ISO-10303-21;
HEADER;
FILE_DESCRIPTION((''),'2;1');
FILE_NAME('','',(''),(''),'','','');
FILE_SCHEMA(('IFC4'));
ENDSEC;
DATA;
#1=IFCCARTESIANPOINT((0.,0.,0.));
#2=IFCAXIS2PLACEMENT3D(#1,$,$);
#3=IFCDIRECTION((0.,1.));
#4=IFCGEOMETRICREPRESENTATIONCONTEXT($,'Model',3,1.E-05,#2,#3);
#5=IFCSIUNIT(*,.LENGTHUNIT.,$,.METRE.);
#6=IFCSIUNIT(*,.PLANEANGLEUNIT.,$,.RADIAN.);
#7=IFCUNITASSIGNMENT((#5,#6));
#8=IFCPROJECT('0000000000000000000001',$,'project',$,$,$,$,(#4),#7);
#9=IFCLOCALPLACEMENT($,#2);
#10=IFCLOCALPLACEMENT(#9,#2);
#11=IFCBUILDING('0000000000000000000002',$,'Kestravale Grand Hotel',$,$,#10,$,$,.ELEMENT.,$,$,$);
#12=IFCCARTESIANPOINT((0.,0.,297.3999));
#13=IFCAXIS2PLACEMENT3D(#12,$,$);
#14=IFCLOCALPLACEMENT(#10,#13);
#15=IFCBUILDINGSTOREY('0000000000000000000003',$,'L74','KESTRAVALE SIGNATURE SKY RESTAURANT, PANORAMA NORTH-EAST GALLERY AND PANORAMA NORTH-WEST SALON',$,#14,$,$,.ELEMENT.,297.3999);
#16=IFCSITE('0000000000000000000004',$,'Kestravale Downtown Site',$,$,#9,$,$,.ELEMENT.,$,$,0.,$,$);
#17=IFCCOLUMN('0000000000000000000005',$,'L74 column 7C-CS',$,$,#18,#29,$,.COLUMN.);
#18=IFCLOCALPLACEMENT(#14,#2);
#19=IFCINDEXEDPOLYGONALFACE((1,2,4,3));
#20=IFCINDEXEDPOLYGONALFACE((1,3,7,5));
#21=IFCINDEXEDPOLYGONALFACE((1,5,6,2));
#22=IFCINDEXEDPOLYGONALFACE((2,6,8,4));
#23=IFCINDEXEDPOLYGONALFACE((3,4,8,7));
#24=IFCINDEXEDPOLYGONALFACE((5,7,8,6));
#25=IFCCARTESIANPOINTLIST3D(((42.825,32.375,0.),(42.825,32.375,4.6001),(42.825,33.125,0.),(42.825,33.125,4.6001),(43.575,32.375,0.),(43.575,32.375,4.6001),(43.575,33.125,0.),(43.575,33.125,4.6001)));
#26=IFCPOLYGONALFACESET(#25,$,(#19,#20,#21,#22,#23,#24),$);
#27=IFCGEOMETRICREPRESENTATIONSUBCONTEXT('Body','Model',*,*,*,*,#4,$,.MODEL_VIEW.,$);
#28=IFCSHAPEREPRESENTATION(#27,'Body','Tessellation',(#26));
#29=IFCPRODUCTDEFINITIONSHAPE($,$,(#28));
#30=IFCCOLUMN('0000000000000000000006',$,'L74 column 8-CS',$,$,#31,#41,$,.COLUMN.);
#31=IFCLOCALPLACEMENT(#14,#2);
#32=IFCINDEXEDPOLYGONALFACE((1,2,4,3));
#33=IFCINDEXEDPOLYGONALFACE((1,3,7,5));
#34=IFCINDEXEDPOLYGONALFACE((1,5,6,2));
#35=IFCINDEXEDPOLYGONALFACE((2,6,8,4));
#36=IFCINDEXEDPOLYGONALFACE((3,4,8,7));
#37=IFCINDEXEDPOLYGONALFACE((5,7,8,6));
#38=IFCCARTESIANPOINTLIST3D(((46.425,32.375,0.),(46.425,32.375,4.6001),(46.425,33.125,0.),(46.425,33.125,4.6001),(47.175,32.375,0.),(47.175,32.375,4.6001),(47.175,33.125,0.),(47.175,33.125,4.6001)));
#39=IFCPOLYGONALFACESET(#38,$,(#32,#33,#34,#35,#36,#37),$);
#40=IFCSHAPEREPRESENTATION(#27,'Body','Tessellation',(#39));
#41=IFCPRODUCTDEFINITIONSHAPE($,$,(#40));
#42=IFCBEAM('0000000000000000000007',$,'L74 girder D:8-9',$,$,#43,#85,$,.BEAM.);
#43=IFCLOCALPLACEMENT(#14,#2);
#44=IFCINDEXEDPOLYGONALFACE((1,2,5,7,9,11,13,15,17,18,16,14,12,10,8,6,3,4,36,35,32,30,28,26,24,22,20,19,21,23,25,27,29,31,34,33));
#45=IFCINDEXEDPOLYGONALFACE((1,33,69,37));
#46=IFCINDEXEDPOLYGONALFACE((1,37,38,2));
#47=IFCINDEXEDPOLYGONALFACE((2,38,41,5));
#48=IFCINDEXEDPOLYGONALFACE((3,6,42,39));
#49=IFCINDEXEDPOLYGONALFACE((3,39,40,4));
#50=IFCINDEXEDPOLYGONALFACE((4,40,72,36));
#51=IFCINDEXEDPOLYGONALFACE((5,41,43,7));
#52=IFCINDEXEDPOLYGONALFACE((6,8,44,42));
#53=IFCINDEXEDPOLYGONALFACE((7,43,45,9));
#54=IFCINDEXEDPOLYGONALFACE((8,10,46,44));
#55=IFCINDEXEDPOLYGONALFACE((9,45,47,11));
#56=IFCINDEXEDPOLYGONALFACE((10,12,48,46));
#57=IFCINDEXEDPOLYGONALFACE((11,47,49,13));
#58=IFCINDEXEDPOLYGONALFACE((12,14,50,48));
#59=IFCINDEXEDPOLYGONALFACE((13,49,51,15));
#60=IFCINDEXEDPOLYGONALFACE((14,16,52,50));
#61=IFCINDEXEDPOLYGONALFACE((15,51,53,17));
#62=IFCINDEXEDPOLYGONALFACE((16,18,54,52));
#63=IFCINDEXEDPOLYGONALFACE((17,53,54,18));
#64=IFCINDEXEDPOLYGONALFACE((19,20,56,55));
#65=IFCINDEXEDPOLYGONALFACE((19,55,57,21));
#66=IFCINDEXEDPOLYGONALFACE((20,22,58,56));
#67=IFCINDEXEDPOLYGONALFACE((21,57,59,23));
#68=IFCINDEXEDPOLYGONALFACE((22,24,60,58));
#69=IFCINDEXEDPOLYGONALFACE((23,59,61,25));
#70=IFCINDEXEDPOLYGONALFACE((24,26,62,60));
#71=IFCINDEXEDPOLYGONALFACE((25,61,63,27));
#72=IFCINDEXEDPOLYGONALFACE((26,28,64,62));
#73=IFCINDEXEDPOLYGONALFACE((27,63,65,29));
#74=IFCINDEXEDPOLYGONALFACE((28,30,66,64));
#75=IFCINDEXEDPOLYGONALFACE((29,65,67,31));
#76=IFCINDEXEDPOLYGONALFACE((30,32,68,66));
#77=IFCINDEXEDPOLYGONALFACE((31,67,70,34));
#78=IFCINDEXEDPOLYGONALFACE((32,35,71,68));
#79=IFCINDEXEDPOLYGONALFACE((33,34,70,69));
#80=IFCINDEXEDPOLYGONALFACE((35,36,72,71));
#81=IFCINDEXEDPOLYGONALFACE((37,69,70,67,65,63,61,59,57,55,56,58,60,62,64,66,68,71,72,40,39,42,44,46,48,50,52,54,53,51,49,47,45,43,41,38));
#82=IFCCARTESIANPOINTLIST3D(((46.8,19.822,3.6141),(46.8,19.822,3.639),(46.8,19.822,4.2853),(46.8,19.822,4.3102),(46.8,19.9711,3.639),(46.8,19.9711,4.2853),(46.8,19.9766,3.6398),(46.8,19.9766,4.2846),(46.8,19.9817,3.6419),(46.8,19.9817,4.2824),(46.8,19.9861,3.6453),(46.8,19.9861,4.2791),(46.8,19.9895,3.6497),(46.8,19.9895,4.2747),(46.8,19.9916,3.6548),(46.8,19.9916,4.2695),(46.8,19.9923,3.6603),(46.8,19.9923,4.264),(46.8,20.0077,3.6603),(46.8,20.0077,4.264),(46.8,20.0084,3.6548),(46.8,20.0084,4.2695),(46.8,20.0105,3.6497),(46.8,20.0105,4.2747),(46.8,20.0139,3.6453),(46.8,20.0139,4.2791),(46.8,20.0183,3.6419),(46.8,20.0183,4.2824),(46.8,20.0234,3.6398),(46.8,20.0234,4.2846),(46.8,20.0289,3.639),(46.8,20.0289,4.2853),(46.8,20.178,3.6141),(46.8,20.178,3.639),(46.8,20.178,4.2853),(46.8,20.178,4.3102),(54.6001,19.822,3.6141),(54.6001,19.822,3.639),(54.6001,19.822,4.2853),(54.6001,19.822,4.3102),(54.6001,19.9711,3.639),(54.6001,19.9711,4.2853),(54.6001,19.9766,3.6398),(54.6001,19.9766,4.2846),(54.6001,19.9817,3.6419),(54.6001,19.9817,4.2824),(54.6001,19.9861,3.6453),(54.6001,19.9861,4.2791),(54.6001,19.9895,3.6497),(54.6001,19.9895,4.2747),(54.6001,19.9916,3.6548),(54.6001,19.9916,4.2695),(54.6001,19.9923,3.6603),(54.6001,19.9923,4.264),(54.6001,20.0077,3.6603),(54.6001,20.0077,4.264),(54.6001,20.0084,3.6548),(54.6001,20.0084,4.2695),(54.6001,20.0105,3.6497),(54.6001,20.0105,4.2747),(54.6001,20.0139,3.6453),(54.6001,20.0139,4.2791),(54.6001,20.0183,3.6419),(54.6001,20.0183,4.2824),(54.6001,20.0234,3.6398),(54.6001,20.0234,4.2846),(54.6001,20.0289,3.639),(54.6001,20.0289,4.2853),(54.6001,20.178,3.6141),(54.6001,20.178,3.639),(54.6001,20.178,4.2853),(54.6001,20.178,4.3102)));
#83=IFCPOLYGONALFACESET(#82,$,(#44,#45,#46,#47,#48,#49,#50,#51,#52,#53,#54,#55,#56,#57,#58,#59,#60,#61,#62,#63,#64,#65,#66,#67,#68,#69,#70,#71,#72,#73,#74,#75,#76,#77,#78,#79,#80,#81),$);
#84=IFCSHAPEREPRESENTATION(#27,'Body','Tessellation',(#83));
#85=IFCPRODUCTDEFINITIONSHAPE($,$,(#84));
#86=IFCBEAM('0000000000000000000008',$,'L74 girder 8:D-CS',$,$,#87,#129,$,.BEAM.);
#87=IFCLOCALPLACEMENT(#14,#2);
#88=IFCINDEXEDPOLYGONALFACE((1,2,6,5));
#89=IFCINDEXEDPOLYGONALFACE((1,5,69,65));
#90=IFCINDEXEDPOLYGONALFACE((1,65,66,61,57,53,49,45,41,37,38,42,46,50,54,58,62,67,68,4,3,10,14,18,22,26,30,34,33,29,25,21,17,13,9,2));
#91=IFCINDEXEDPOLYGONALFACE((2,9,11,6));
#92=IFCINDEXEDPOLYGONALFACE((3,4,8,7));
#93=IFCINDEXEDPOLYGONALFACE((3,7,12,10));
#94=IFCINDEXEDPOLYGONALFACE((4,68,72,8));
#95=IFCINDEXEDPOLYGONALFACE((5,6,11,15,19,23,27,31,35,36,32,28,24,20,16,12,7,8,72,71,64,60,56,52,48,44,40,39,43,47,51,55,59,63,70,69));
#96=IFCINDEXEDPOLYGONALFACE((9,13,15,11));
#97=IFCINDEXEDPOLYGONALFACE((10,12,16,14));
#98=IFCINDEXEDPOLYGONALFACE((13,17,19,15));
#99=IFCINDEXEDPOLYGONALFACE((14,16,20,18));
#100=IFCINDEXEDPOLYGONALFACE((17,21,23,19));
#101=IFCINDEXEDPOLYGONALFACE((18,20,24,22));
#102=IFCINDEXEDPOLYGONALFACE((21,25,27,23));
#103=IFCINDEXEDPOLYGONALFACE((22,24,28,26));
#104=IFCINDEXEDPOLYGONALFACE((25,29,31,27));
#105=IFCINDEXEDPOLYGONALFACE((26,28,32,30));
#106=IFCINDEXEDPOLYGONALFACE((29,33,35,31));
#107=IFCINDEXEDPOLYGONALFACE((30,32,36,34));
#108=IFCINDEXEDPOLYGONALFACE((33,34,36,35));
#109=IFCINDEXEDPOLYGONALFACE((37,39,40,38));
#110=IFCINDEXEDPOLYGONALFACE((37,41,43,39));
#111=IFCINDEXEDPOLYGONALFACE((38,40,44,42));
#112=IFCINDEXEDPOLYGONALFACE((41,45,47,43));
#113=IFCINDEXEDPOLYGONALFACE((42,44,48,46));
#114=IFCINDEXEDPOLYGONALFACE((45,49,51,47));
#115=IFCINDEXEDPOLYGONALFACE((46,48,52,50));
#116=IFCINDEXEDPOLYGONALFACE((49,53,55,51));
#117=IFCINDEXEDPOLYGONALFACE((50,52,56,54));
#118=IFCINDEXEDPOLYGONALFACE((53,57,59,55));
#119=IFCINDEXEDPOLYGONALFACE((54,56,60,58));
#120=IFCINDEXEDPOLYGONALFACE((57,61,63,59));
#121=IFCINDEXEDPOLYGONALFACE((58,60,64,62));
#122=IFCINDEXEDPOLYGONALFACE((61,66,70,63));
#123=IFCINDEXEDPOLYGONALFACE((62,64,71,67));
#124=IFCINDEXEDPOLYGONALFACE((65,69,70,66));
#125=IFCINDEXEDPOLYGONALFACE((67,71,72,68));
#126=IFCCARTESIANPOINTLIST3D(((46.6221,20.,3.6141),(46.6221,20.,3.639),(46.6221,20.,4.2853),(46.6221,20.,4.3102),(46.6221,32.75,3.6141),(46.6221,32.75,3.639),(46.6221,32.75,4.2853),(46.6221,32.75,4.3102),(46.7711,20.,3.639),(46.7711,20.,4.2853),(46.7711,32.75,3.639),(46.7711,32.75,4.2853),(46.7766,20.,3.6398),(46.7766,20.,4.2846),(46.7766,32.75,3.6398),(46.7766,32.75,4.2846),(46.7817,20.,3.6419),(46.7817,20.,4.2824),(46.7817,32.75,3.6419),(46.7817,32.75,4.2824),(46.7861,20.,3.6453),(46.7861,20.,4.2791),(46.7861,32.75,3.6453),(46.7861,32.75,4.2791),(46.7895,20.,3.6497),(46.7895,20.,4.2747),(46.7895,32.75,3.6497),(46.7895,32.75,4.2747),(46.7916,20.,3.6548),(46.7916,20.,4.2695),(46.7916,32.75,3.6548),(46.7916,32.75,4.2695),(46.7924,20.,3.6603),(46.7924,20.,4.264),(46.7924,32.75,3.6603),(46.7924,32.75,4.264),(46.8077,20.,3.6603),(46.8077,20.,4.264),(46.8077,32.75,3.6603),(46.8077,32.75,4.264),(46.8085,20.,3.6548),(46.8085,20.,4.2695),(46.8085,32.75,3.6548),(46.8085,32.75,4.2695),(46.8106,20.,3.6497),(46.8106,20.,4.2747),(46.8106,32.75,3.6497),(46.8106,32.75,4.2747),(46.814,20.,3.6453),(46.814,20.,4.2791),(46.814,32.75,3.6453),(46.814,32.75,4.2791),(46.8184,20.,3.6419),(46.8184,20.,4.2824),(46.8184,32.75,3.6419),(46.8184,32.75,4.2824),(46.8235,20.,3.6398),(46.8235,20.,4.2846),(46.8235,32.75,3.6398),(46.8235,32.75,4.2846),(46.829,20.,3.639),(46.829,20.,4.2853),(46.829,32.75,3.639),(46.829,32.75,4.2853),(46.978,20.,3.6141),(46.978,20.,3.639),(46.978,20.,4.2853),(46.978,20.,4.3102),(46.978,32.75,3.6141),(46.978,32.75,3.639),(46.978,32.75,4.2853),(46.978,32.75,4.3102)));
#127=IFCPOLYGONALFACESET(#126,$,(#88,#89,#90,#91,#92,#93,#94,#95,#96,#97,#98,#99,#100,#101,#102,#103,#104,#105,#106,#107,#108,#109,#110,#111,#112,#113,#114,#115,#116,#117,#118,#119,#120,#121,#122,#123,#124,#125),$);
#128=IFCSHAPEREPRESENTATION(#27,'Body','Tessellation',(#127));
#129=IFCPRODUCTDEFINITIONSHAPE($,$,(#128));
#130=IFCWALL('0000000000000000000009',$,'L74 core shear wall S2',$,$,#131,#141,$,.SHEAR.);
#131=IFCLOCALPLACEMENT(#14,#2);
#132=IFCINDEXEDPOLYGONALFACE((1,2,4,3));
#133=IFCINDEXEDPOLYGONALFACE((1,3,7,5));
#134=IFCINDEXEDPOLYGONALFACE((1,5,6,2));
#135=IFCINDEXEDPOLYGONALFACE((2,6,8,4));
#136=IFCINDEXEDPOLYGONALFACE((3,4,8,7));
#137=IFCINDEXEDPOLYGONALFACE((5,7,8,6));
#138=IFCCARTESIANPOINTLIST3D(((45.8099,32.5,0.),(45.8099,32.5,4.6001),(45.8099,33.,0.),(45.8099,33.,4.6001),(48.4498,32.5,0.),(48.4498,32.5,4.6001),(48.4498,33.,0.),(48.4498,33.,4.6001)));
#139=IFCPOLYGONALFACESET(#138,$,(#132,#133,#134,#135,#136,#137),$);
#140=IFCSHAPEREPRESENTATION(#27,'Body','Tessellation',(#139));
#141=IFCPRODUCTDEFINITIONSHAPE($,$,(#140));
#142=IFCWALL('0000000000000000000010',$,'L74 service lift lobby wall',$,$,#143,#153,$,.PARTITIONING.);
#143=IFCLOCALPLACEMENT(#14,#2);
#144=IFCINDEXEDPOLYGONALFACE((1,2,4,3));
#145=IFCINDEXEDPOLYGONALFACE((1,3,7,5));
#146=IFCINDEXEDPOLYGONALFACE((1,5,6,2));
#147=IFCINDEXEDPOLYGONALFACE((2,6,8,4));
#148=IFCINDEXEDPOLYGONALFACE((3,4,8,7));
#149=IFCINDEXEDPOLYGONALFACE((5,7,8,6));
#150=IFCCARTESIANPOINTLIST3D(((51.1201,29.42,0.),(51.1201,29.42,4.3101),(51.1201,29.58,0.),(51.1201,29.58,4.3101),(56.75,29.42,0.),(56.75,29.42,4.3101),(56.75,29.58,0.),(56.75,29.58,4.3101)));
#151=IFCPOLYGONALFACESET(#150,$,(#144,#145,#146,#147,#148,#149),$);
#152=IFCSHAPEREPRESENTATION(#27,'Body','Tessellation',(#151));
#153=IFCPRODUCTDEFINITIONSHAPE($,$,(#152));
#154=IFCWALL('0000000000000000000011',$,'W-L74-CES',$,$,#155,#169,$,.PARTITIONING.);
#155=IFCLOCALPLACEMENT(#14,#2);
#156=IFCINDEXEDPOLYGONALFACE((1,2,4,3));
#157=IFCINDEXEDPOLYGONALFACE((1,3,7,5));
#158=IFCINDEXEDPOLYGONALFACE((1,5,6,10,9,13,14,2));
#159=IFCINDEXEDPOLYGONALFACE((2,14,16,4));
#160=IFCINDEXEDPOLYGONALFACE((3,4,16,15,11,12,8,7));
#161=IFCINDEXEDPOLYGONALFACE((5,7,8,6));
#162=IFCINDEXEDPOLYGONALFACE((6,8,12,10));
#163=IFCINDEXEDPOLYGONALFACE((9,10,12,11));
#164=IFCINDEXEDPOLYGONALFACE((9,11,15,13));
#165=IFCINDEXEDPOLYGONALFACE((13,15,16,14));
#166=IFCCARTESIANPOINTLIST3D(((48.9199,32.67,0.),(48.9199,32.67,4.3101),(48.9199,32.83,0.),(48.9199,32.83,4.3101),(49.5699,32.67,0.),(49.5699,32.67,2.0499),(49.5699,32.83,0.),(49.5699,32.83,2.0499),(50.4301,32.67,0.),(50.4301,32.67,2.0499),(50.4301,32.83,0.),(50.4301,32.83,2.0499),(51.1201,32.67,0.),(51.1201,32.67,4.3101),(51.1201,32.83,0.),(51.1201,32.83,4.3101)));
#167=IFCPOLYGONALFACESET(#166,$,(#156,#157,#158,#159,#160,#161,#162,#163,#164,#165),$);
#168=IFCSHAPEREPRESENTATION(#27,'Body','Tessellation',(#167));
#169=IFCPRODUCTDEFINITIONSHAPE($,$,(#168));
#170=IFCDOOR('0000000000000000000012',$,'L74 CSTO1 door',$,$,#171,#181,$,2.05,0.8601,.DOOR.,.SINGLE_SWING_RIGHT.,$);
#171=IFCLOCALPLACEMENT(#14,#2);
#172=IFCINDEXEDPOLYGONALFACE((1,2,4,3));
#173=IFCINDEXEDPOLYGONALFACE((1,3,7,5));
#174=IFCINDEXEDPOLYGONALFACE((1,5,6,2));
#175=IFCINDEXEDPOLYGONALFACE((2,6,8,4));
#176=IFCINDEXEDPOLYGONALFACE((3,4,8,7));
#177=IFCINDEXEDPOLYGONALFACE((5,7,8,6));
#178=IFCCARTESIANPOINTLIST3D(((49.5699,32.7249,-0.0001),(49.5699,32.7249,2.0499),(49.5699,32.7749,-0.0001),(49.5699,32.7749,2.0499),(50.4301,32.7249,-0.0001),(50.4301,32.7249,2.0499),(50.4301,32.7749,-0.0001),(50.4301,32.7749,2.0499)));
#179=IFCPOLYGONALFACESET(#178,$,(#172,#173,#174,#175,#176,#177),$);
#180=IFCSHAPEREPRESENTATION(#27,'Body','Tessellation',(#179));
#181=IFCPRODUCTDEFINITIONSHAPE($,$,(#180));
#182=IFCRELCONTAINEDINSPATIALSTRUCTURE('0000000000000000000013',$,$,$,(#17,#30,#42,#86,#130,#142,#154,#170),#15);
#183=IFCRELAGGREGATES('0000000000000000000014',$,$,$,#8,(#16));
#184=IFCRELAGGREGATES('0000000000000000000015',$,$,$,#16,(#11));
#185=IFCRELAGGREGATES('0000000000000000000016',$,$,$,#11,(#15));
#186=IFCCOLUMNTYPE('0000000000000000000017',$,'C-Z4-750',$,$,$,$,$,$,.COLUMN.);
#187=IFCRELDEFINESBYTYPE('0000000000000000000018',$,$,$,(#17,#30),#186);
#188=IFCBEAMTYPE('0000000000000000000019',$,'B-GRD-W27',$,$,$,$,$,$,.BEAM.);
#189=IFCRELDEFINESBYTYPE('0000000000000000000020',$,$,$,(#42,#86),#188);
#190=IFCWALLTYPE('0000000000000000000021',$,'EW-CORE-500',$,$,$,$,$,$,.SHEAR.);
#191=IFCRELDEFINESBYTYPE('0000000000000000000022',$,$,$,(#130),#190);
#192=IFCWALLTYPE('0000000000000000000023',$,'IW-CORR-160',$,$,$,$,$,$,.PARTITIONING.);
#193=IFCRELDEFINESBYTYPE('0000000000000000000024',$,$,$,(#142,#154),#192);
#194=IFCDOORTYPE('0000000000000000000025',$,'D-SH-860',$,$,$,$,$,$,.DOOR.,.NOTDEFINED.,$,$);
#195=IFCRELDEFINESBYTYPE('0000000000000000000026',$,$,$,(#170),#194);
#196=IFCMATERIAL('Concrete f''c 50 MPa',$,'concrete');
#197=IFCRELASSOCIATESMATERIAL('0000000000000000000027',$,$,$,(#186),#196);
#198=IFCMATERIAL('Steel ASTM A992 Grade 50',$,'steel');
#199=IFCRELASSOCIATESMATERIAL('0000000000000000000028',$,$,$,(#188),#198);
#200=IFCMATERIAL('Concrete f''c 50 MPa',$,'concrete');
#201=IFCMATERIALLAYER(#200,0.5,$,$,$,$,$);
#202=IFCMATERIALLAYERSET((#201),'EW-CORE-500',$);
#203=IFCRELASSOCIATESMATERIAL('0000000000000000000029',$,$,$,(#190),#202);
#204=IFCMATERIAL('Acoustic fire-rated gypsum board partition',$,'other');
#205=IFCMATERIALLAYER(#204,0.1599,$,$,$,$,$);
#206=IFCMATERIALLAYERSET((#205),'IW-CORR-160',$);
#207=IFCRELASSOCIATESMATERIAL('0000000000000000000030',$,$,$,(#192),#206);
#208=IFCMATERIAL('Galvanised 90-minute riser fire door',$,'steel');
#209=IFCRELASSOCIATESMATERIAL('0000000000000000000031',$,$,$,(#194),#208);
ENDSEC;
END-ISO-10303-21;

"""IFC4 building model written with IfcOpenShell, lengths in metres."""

from ifc_helpers import new_model, si_unit, direction, frame, frame_2d, origin, origin_2d, place, context, subcontext, project, spatial, rectangle, i_section, extrude, material, layer, layer_set, material_profile, profile_set, type_object, element, fill, save


model = new_model("IFC4")

# Units and contexts
model_context = context("Model", 3, precision=1e-05, world=origin(), true_north=direction((0.0, 1.0)))
body_context = subcontext(model_context, "Body", "Model", "MODEL_VIEW")
ifc_project = project(units=[si_unit("LENGTHUNIT", "METRE"), si_unit("PLANEANGLEUNIT", "RADIAN")], contexts=[model_context])

# Site, building, storey
site_placement = place(None, origin())
site = spatial("IfcSite", under=ifc_project, at=site_placement, Name="Kestravale Downtown Site", CompositionType="ELEMENT", RefElevation=0.0)
building_placement = place(site_placement, origin())
building = spatial("IfcBuilding", under=site, at=building_placement, Name="Kestravale Grand Hotel", CompositionType="ELEMENT")
storey_placement = place(building_placement, frame((0.0, 0.0, 297.3999)))
storey = spatial("IfcBuildingStorey", under=building, at=storey_placement, Name="L74", Description="KESTRAVALE SIGNATURE SKY RESTAURANT, PANORAMA NORTH-EAST GALLERY AND PANORAMA NORTH-WEST SALON", CompositionType="ELEMENT", Elevation=297.3999)

# Columns
ifc_material_1 = material(Name="Concrete f'c 50 MPa", Category="concrete")
ifc_material_profile_1 = material_profile(ifc_material_1, rectangle(XDim=0.75, YDim=0.75, at=origin_2d()))
ifc_profile_set_1 = profile_set([ifc_material_profile_1], Name="Concrete f'c 50 MPa")
column_type = type_object("IfcColumnType", Name="C-Z4-750", PredefinedType="COLUMN", material=ifc_profile_set_1)
for number, where, z_axis, x_axis, name in (
    (1, (43.2, 32.75, 0.0), (0.0, 0.0, 1.0), (1.0, 0.0, 0.0), "L74 column 7C-CS"),
    (2, (46.8, 32.75, 0.0), (0.0, 0.0, 1.0), (1.0, 0.0, 0.0), "L74 column 8-CS"),
):
    element("IfcColumn", number, at=place(storey_placement, frame(where, z_axis=z_axis, x_axis=x_axis)), inside=storey, type_object=column_type, Name=name, PredefinedType="COLUMN", context=body_context, shape_type="SweptSolid", body=[
        extrude(rectangle(XDim=0.75, YDim=0.75, at=origin_2d()), origin(), (0.0, 0.0, 1.0), 4.6001),
    ])

# Beams
ifc_material_2 = material(Name="Steel ASTM A992 Grade 50", Category="steel")
ifc_material_profile_2 = material_profile(ifc_material_2, i_section(OverallWidth=0.356, OverallDepth=0.696, WebThickness=0.0154, FlangeThickness=0.0249, FilletRadius=0.0212, at=origin_2d()))
ifc_profile_set_2 = profile_set([ifc_material_profile_2], Name="Steel ASTM A992 Grade 50")
beam_type = type_object("IfcBeamType", Name="B-GRD-W27", PredefinedType="BEAM", material=ifc_profile_set_2)
beam_1_placement = place(storey_placement, frame((46.8, 20.0, 3.9622), z_axis=(1.0, 0.0, 0.0), x_axis=(0.0, 1.0, 0.0)))
element("IfcBeam", 3, at=beam_1_placement, inside=storey, type_object=beam_type, Name="L74 girder D:8-9", PredefinedType="BEAM", context=body_context, shape_type="SweptSolid", body=[
    extrude(i_section(OverallWidth=0.356, OverallDepth=0.696, WebThickness=0.0154, FlangeThickness=0.0249, FilletRadius=0.0212, at=origin_2d()), origin(), (0.0, 0.0, 1.0), 7.8),
])
beam_2_placement = place(storey_placement, frame((46.8, 20.0, 3.9622), z_axis=(0.0, 1.0, 0.0), x_axis=(-1.0, 0.0, 0.0)))
element("IfcBeam", 4, at=beam_2_placement, inside=storey, type_object=beam_type, Name="L74 girder 8:D-CS", PredefinedType="BEAM", context=body_context, shape_type="SweptSolid", body=[
    extrude(i_section(OverallWidth=0.356, OverallDepth=0.696, WebThickness=0.0154, FlangeThickness=0.0249, FilletRadius=0.0212, at=origin_2d()), origin(), (0.0, 0.0, 1.0), 12.75),
])

# Wall
ifc_material_3 = material(Name="Concrete f'c 50 MPa", Category="concrete")
ifc_layer_1 = layer(ifc_material_3, 0.5)
ifc_layer_set_1 = layer_set([ifc_layer_1], Name="EW-CORE-500")
wall_type_1 = type_object("IfcWallType", Name="EW-CORE-500", PredefinedType="SHEAR", material=ifc_layer_set_1)
wall_1_placement = place(storey_placement, frame((45.8101, 32.75, 0.0), z_axis=(0.0, 0.0, 1.0), x_axis=(1.0, 0.0, 0.0)))
element("IfcWall", 5, at=wall_1_placement, inside=storey, type_object=wall_type_1, Name="L74 core shear wall S2", PredefinedType="SHEAR", context=body_context, shape_type="SweptSolid", body=[
    extrude(rectangle(XDim=2.6399, YDim=0.5, at=frame_2d((1.3198, 0.0))), origin(), (0.0, 0.0, 1.0), 4.6001),
])

# Shared definitions
ifc_material_4 = material(Name="Acoustic fire-rated gypsum board partition", Category="other")
ifc_layer_2 = layer(ifc_material_4, 0.1599)
ifc_layer_set_2 = layer_set([ifc_layer_2], Name="IW-CORR-160")
wall_type_2 = type_object("IfcWallType", Name="IW-CORR-160", PredefinedType="PARTITIONING", material=ifc_layer_set_2)

# Wall
wall_2_placement = place(storey_placement, frame((51.1201, 29.5, 0.0), z_axis=(0.0, 0.0, 1.0), x_axis=(1.0, 0.0, 0.0)))
element("IfcWall", 6, at=wall_2_placement, inside=storey, type_object=wall_type_2, Name="L74 service lift lobby wall", PredefinedType="PARTITIONING", context=body_context, shape_type="SweptSolid", body=[
    extrude(rectangle(XDim=5.6299, YDim=0.1599, at=frame_2d((2.8149, 0.0))), origin(), (0.0, 0.0, 1.0), 4.3101),
])

# Wall, opening, door
wall_3_placement = place(storey_placement, frame((48.9199, 32.75, 0.0), z_axis=(0.0, 0.0, 1.0), x_axis=(1.0, 0.0, 0.0)))
wall_3 = element("IfcWall", 7, at=wall_3_placement, inside=storey, type_object=wall_type_2, Name="W-L74-CES", PredefinedType="PARTITIONING", context=body_context, shape_type="SweptSolid", body=[
    extrude(rectangle(XDim=2.2002, YDim=0.1599, at=frame_2d((1.1001, 0.0))), origin(), (0.0, 0.0, 1.0), 4.3101),
])
opening_1_placement = place(wall_3_placement, frame((0.6499, 0.0, 0.0)))
opening_1 = element("IfcOpeningElement", 8, at=opening_1_placement, cuts=wall_3, PredefinedType="OPENING", context=body_context, shape_type="SweptSolid", body=[
    extrude(rectangle(XDim=0.8601, YDim=2.05, at=frame_2d((0.4302, 1.0249))), frame((0.0, 0.0898, 0.0), z_axis=(0.0, -1.0, 0.0), x_axis=(1.0, 0.0, 0.0)), (0.0, 0.0, 1.0), 0.1799),
])
ifc_material_5 = material(Name="Galvanised 90-minute riser fire door", Category="steel")
door_type_1 = type_object("IfcDoorType", Name="D-SH-860", OperationType="NOTDEFINED", PredefinedType="DOOR", material=ifc_material_5)
door_1_placement = place(opening_1_placement, origin())
door_1 = element("IfcDoor", 9, at=door_1_placement, inside=storey, type_object=door_type_1, Name="L74 CSTO1 door", OperationType="SINGLE_SWING_RIGHT", OverallHeight=2.05, OverallWidth=0.8601, PredefinedType="DOOR", context=body_context, shape_type="SweptSolid", body=[
    extrude(rectangle(XDim=0.8601, YDim=2.05, at=frame_2d((0.4302, 1.0249))), frame((0.0, 0.0249, 0.0), z_axis=(0.0, -1.0, 0.0), x_axis=(1.0, 0.0, 0.0)), (0.0, 0.0, 1.0), 0.05),
])
fill(opening_1, door_1)

save(model, "model.ifc")
